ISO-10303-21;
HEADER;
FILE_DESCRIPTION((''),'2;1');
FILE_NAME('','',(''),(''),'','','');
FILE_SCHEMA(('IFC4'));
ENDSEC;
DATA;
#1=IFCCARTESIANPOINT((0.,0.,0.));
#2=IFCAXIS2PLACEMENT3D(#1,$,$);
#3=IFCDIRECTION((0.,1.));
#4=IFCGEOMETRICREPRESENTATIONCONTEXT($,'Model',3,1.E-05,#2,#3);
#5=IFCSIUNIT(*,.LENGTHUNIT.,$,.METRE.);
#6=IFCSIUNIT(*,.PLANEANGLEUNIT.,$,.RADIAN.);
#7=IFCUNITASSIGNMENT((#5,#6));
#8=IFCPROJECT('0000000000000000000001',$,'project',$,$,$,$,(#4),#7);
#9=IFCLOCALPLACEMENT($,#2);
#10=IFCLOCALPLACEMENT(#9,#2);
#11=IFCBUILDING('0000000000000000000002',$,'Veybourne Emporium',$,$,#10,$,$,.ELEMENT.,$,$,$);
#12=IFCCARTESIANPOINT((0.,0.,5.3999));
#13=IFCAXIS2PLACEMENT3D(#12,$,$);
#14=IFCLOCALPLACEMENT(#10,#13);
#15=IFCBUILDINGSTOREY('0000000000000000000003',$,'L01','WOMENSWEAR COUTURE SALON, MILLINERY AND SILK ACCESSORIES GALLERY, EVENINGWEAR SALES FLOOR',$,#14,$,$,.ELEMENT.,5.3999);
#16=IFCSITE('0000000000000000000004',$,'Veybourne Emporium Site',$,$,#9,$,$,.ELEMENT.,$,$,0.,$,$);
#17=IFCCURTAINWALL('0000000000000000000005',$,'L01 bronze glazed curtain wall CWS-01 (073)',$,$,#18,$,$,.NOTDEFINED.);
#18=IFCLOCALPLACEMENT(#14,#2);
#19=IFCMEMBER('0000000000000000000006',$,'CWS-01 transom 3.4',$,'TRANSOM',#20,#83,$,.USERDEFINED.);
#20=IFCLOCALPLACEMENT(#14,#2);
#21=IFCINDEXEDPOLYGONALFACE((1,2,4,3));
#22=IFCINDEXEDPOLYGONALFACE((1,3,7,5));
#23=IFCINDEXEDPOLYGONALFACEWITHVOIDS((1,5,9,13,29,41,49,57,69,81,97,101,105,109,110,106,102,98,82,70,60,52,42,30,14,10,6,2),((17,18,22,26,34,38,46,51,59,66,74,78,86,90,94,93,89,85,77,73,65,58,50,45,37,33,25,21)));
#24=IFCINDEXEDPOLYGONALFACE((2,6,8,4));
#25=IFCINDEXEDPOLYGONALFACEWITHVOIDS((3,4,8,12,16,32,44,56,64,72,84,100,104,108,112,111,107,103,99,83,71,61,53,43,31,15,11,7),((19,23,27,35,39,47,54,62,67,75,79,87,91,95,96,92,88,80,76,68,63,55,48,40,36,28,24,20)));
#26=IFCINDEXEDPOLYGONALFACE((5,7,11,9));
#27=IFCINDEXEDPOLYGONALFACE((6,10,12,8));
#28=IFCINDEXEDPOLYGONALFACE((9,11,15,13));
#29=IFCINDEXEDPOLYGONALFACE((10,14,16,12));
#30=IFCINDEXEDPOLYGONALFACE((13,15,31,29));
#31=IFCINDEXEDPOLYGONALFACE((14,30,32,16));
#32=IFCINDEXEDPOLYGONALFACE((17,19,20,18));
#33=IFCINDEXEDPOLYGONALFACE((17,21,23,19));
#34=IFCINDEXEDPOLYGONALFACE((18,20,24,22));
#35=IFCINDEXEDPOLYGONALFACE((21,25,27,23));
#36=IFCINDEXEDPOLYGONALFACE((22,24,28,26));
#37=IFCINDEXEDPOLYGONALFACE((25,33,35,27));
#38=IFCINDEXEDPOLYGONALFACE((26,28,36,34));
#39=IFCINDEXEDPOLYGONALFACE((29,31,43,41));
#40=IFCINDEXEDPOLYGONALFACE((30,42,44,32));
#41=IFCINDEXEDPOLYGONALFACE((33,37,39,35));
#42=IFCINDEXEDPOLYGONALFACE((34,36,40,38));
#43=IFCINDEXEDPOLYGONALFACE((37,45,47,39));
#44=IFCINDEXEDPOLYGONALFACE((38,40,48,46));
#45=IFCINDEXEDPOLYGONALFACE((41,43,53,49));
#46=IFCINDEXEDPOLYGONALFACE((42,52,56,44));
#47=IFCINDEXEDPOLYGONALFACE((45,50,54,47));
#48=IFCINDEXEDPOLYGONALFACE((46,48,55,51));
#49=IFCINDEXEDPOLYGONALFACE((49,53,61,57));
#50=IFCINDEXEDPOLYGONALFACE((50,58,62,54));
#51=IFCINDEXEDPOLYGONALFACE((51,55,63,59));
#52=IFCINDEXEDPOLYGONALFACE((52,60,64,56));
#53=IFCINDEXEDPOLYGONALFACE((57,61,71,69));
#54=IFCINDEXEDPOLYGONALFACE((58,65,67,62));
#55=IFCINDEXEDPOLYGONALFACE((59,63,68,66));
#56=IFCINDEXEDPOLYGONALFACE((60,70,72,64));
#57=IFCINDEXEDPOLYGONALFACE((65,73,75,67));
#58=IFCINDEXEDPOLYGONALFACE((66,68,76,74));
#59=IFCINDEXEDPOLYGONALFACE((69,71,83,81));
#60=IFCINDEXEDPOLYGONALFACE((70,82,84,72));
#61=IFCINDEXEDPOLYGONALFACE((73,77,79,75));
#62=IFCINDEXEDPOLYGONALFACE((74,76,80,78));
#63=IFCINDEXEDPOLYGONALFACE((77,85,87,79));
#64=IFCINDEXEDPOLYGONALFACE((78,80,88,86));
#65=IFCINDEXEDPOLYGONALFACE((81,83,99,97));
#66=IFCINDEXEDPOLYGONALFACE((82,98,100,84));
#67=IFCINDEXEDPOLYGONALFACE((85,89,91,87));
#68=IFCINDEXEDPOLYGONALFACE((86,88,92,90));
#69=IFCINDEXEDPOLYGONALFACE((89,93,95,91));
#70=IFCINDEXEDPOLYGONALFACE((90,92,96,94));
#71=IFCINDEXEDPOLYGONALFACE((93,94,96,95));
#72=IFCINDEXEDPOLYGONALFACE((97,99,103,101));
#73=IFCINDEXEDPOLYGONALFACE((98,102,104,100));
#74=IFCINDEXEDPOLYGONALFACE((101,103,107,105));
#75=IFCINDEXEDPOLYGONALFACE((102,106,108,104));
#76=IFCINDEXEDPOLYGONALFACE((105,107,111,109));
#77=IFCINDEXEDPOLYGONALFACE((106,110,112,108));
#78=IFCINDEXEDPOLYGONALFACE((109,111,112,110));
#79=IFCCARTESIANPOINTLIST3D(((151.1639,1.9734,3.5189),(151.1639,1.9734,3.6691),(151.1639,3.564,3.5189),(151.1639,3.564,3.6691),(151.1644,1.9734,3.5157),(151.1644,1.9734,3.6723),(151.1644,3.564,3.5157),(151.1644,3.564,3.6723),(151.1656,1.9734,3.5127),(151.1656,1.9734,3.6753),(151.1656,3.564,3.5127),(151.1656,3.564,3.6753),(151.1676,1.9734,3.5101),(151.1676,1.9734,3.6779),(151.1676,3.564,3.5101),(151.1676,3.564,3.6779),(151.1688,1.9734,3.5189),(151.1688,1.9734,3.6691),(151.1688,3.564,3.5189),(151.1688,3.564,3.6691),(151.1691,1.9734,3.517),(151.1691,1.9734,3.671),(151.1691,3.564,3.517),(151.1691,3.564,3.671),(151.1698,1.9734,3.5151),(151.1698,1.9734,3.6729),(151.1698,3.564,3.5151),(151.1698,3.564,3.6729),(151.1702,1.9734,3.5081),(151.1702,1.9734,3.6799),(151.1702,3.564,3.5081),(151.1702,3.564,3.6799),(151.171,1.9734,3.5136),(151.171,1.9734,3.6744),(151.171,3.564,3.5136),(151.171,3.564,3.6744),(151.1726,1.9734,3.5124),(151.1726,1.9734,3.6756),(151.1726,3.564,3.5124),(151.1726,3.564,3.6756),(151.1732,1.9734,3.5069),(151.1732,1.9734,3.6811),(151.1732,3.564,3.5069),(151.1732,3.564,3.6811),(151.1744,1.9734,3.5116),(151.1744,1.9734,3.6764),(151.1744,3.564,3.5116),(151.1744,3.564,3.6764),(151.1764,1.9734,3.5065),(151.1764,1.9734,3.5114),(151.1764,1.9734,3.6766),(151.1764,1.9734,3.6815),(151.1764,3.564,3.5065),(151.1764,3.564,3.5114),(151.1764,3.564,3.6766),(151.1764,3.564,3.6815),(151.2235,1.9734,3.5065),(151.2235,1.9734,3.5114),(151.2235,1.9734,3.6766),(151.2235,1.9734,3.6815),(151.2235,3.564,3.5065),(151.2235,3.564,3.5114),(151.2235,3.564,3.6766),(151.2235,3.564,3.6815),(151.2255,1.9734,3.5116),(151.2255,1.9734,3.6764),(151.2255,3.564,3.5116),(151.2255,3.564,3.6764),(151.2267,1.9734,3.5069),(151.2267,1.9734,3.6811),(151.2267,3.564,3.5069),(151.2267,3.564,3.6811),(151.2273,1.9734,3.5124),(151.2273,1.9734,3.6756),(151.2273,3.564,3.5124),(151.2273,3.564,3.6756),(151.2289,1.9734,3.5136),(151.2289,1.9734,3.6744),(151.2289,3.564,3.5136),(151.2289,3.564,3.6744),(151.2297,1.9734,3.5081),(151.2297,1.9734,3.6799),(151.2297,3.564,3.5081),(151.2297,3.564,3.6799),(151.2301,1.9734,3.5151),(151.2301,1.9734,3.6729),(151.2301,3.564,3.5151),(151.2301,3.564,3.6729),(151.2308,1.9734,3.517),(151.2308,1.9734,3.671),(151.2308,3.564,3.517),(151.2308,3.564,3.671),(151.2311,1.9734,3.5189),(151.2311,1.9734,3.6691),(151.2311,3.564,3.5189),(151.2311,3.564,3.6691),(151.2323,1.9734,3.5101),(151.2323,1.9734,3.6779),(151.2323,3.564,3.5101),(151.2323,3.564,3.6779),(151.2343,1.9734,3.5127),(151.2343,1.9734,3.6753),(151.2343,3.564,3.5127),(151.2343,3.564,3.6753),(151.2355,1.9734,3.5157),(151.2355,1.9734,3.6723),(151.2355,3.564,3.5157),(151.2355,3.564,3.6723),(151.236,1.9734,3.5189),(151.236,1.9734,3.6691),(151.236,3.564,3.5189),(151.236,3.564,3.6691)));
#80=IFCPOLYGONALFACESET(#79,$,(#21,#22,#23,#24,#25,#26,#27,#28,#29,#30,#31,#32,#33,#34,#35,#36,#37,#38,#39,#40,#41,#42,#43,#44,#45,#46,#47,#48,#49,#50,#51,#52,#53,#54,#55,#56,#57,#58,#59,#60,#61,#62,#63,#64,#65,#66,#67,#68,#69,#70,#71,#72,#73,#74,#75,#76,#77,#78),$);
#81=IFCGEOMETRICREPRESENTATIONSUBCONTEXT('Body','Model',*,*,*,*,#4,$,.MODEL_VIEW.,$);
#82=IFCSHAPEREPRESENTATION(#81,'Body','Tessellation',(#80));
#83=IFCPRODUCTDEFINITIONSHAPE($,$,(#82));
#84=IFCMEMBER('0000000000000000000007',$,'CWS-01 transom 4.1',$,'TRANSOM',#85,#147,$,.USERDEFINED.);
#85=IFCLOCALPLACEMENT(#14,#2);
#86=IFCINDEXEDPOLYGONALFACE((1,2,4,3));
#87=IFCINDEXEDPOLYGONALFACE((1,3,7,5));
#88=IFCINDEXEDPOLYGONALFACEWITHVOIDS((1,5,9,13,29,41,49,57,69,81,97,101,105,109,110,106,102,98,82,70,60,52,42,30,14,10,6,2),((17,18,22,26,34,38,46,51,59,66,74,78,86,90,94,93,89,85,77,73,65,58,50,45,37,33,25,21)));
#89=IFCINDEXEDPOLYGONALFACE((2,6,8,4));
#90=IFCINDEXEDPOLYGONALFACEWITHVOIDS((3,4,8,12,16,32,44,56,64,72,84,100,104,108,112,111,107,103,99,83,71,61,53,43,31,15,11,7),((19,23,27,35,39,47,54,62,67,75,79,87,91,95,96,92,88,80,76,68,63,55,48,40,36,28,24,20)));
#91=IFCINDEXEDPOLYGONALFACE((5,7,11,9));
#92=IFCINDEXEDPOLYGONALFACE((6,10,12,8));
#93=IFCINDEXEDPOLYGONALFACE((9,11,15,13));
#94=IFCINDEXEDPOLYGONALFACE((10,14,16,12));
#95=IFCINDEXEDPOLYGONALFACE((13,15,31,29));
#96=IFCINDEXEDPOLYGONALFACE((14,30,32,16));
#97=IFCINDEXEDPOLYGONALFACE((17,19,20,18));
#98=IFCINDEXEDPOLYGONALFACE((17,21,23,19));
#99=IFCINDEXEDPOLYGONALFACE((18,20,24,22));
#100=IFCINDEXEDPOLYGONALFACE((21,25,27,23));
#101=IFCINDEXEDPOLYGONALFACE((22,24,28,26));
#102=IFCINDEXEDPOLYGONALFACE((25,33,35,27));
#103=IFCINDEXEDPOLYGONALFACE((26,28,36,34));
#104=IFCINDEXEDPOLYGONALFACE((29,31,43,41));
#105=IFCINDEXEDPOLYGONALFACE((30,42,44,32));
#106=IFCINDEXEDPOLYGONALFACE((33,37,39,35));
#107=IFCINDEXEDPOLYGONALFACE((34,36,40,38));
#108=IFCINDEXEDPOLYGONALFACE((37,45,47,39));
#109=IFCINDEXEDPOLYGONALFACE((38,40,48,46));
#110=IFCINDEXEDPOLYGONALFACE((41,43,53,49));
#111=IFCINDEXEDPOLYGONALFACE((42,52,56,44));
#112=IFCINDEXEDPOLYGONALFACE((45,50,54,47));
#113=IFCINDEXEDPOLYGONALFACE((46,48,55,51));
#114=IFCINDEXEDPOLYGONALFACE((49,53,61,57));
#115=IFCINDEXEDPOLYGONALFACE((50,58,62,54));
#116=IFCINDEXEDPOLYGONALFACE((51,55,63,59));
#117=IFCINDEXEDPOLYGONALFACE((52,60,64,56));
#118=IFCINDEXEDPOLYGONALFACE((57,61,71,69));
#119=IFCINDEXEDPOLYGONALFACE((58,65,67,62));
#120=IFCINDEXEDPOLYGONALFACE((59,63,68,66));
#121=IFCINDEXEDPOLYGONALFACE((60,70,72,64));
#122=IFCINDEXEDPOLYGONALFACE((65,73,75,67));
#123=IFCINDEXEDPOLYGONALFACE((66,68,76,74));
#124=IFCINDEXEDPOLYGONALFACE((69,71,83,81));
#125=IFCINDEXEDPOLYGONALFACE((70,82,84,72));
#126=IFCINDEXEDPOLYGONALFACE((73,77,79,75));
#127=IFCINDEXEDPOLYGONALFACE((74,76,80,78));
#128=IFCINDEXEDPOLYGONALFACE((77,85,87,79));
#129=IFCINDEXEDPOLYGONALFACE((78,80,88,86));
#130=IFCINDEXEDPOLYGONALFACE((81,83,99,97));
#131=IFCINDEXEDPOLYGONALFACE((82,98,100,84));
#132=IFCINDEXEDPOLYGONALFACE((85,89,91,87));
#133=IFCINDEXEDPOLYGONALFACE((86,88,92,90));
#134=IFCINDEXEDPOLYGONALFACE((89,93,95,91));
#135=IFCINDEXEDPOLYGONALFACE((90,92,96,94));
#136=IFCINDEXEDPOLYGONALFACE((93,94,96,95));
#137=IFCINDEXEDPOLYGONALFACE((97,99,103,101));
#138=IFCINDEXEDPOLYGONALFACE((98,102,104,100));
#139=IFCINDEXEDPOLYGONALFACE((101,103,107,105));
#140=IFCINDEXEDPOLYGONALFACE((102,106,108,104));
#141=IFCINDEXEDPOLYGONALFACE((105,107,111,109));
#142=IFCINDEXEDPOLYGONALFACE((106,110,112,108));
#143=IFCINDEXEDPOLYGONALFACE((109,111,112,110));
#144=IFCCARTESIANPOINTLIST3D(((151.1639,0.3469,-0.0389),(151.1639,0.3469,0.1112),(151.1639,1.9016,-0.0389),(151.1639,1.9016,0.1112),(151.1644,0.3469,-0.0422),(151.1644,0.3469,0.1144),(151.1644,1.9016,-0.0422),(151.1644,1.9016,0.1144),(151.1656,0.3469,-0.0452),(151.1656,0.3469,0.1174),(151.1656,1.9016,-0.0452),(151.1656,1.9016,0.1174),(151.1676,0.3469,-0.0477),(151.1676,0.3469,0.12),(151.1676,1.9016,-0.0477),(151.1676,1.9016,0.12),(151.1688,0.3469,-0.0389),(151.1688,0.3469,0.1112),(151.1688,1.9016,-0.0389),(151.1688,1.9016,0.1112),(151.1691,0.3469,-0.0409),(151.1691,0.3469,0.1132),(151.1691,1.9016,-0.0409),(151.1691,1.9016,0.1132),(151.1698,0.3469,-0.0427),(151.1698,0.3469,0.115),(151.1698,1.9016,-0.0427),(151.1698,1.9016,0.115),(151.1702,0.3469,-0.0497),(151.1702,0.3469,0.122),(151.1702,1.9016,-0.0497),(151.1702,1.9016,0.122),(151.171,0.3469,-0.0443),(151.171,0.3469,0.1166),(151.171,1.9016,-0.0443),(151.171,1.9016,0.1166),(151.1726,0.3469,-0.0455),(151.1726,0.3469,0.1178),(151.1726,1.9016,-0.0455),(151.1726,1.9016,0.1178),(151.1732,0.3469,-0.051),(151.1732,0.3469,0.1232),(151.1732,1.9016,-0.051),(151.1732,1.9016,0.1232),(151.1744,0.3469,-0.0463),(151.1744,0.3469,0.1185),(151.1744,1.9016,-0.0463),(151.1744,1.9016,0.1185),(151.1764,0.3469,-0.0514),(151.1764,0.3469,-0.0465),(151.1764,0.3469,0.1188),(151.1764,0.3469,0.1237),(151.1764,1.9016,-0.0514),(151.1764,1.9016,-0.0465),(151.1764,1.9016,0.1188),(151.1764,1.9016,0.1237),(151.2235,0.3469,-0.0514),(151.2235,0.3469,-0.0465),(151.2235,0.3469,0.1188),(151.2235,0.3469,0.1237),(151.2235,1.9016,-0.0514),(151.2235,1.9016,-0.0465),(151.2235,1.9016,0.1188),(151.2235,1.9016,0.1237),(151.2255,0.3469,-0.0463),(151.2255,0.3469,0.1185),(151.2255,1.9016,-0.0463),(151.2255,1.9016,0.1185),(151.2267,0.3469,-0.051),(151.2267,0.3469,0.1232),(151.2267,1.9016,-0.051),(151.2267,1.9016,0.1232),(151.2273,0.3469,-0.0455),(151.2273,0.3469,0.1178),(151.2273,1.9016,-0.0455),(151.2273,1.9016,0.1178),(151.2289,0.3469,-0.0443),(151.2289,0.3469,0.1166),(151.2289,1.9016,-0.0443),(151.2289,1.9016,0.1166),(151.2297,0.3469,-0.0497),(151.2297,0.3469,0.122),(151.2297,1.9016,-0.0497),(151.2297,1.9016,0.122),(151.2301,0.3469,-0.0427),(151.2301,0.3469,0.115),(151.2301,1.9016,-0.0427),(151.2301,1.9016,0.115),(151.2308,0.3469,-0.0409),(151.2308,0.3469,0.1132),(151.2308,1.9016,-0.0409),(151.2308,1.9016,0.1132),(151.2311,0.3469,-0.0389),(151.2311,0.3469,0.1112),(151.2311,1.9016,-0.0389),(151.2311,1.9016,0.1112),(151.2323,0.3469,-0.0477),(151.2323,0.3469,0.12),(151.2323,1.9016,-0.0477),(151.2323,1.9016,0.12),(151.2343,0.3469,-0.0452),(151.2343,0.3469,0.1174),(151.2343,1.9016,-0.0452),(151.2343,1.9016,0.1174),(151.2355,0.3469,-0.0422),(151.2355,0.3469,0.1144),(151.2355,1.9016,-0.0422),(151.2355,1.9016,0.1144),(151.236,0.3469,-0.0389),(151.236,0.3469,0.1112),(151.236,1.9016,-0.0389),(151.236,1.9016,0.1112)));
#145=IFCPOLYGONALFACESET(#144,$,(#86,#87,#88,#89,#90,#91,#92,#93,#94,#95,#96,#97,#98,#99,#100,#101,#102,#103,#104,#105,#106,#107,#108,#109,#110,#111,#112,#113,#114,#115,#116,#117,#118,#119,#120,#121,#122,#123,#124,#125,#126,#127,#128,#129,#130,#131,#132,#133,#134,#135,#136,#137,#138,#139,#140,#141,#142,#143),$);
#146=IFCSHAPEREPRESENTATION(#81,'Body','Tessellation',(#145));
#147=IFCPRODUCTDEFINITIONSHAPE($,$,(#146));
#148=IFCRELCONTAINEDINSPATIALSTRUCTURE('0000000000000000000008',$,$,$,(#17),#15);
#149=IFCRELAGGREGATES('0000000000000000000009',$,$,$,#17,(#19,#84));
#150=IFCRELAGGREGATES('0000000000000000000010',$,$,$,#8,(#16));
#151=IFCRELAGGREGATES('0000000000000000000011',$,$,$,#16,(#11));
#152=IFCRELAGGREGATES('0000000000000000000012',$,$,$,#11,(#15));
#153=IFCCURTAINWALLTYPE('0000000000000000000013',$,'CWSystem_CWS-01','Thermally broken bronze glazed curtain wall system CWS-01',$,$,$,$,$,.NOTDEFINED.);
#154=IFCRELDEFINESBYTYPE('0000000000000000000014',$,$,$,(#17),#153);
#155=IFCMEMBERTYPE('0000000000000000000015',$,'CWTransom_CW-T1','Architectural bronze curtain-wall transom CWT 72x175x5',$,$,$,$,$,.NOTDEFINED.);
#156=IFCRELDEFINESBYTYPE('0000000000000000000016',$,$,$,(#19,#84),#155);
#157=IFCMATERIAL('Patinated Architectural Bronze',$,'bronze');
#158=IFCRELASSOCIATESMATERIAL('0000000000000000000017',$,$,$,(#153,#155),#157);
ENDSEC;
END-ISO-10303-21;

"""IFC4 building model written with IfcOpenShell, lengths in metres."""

from ifc_helpers import new_model, si_unit, direction, frame, origin, origin_2d, place, context, subcontext, project, spatial, hollow_rectangle, extrude, material, material_profile, profile_set, type_object, element, aggregate, save


model = new_model("IFC4")

# Units and contexts
model_context = context("Model", 3, precision=1e-05, world=origin(), true_north=direction((0.0, 1.0)))
body_context = subcontext(model_context, "Body", "Model", "MODEL_VIEW")
ifc_project = project(units=[si_unit("LENGTHUNIT", "METRE"), si_unit("PLANEANGLEUNIT", "RADIAN")], contexts=[model_context])

# Site, building, storey
site_placement = place(None, origin())
site = spatial("IfcSite", under=ifc_project, at=site_placement, Name="Veybourne Emporium Site", CompositionType="ELEMENT", RefElevation=0.0)
building_placement = place(site_placement, origin())
building = spatial("IfcBuilding", under=site, at=building_placement, Name="Veybourne Emporium", CompositionType="ELEMENT")
storey_placement = place(building_placement, frame((0.0, 0.0, 5.3999)))
storey = spatial("IfcBuildingStorey", under=building, at=storey_placement, Name="L01", Description="WOMENSWEAR COUTURE SALON, MILLINERY AND SILK ACCESSORIES GALLERY, EVENINGWEAR SALES FLOOR", CompositionType="ELEMENT", Elevation=5.3999)

# Curtain wall, members
ifc_material_1 = material(Name="Patinated Architectural Bronze", Category="bronze")
curtain_wall_type = type_object("IfcCurtainWallType", Name="CWSystem_CWS-01", Description="Thermally broken bronze glazed curtain wall system CWS-01", PredefinedType="NOTDEFINED", material=ifc_material_1)
curtain_wall_placement = place(storey_placement, origin())
curtain_wall = element("IfcCurtainWall", 1, at=curtain_wall_placement, inside=storey, type_object=curtain_wall_type, Name="L01 bronze glazed curtain wall CWS-01 (073)", PredefinedType="NOTDEFINED")
ifc_material_profile_1 = material_profile(ifc_material_1, hollow_rectangle(XDim=0.072, YDim=0.175, WallThickness=0.0049, InnerFilletRadius=0.0076, OuterFilletRadius=0.0125, at=origin_2d()), Name="CWT 72x175x5")
ifc_profile_set_1 = profile_set([ifc_material_profile_1], Name="Patinated Architectural Bronze")
member_type_1 = type_object("IfcMemberType", Name="CWTransom_CW-T1", Description="Architectural bronze curtain-wall transom CWT 72x175x5", PredefinedType="NOTDEFINED", material=ifc_profile_set_1)
member_1_placement = place(storey_placement, frame((151.2, 3.564, 3.594), z_axis=(0.0, -1.0, 0.0), x_axis=(1.0, 0.0, 0.0)))
member_1 = element("IfcMember", 2, at=member_1_placement, type_object=member_type_1, Name="CWS-01 transom 3.4", ObjectType="TRANSOM", PredefinedType="USERDEFINED", context=body_context, shape_type="SweptSolid", body=[
    extrude(hollow_rectangle(XDim=0.072, YDim=0.175, WallThickness=0.0049, InnerFilletRadius=0.0076, OuterFilletRadius=0.0125, at=origin_2d()), origin(), (0.0, 0.0, 1.0), 1.5906),
])
member_2_placement = place(storey_placement, frame((151.2, 1.9016, 0.0361), z_axis=(0.0, -1.0, 0.0), x_axis=(1.0, 0.0, 0.0)))
member_2 = element("IfcMember", 3, at=member_2_placement, type_object=member_type_1, Name="CWS-01 transom 4.1", ObjectType="TRANSOM", PredefinedType="USERDEFINED", context=body_context, shape_type="SweptSolid", body=[
    extrude(hollow_rectangle(XDim=0.072, YDim=0.175, WallThickness=0.0049, InnerFilletRadius=0.0076, OuterFilletRadius=0.0125, at=origin_2d()), origin(), (0.0, 0.0, 1.0), 1.5547),
])
aggregate(curtain_wall, [member_1, member_2])

save(model, "model.ifc")
